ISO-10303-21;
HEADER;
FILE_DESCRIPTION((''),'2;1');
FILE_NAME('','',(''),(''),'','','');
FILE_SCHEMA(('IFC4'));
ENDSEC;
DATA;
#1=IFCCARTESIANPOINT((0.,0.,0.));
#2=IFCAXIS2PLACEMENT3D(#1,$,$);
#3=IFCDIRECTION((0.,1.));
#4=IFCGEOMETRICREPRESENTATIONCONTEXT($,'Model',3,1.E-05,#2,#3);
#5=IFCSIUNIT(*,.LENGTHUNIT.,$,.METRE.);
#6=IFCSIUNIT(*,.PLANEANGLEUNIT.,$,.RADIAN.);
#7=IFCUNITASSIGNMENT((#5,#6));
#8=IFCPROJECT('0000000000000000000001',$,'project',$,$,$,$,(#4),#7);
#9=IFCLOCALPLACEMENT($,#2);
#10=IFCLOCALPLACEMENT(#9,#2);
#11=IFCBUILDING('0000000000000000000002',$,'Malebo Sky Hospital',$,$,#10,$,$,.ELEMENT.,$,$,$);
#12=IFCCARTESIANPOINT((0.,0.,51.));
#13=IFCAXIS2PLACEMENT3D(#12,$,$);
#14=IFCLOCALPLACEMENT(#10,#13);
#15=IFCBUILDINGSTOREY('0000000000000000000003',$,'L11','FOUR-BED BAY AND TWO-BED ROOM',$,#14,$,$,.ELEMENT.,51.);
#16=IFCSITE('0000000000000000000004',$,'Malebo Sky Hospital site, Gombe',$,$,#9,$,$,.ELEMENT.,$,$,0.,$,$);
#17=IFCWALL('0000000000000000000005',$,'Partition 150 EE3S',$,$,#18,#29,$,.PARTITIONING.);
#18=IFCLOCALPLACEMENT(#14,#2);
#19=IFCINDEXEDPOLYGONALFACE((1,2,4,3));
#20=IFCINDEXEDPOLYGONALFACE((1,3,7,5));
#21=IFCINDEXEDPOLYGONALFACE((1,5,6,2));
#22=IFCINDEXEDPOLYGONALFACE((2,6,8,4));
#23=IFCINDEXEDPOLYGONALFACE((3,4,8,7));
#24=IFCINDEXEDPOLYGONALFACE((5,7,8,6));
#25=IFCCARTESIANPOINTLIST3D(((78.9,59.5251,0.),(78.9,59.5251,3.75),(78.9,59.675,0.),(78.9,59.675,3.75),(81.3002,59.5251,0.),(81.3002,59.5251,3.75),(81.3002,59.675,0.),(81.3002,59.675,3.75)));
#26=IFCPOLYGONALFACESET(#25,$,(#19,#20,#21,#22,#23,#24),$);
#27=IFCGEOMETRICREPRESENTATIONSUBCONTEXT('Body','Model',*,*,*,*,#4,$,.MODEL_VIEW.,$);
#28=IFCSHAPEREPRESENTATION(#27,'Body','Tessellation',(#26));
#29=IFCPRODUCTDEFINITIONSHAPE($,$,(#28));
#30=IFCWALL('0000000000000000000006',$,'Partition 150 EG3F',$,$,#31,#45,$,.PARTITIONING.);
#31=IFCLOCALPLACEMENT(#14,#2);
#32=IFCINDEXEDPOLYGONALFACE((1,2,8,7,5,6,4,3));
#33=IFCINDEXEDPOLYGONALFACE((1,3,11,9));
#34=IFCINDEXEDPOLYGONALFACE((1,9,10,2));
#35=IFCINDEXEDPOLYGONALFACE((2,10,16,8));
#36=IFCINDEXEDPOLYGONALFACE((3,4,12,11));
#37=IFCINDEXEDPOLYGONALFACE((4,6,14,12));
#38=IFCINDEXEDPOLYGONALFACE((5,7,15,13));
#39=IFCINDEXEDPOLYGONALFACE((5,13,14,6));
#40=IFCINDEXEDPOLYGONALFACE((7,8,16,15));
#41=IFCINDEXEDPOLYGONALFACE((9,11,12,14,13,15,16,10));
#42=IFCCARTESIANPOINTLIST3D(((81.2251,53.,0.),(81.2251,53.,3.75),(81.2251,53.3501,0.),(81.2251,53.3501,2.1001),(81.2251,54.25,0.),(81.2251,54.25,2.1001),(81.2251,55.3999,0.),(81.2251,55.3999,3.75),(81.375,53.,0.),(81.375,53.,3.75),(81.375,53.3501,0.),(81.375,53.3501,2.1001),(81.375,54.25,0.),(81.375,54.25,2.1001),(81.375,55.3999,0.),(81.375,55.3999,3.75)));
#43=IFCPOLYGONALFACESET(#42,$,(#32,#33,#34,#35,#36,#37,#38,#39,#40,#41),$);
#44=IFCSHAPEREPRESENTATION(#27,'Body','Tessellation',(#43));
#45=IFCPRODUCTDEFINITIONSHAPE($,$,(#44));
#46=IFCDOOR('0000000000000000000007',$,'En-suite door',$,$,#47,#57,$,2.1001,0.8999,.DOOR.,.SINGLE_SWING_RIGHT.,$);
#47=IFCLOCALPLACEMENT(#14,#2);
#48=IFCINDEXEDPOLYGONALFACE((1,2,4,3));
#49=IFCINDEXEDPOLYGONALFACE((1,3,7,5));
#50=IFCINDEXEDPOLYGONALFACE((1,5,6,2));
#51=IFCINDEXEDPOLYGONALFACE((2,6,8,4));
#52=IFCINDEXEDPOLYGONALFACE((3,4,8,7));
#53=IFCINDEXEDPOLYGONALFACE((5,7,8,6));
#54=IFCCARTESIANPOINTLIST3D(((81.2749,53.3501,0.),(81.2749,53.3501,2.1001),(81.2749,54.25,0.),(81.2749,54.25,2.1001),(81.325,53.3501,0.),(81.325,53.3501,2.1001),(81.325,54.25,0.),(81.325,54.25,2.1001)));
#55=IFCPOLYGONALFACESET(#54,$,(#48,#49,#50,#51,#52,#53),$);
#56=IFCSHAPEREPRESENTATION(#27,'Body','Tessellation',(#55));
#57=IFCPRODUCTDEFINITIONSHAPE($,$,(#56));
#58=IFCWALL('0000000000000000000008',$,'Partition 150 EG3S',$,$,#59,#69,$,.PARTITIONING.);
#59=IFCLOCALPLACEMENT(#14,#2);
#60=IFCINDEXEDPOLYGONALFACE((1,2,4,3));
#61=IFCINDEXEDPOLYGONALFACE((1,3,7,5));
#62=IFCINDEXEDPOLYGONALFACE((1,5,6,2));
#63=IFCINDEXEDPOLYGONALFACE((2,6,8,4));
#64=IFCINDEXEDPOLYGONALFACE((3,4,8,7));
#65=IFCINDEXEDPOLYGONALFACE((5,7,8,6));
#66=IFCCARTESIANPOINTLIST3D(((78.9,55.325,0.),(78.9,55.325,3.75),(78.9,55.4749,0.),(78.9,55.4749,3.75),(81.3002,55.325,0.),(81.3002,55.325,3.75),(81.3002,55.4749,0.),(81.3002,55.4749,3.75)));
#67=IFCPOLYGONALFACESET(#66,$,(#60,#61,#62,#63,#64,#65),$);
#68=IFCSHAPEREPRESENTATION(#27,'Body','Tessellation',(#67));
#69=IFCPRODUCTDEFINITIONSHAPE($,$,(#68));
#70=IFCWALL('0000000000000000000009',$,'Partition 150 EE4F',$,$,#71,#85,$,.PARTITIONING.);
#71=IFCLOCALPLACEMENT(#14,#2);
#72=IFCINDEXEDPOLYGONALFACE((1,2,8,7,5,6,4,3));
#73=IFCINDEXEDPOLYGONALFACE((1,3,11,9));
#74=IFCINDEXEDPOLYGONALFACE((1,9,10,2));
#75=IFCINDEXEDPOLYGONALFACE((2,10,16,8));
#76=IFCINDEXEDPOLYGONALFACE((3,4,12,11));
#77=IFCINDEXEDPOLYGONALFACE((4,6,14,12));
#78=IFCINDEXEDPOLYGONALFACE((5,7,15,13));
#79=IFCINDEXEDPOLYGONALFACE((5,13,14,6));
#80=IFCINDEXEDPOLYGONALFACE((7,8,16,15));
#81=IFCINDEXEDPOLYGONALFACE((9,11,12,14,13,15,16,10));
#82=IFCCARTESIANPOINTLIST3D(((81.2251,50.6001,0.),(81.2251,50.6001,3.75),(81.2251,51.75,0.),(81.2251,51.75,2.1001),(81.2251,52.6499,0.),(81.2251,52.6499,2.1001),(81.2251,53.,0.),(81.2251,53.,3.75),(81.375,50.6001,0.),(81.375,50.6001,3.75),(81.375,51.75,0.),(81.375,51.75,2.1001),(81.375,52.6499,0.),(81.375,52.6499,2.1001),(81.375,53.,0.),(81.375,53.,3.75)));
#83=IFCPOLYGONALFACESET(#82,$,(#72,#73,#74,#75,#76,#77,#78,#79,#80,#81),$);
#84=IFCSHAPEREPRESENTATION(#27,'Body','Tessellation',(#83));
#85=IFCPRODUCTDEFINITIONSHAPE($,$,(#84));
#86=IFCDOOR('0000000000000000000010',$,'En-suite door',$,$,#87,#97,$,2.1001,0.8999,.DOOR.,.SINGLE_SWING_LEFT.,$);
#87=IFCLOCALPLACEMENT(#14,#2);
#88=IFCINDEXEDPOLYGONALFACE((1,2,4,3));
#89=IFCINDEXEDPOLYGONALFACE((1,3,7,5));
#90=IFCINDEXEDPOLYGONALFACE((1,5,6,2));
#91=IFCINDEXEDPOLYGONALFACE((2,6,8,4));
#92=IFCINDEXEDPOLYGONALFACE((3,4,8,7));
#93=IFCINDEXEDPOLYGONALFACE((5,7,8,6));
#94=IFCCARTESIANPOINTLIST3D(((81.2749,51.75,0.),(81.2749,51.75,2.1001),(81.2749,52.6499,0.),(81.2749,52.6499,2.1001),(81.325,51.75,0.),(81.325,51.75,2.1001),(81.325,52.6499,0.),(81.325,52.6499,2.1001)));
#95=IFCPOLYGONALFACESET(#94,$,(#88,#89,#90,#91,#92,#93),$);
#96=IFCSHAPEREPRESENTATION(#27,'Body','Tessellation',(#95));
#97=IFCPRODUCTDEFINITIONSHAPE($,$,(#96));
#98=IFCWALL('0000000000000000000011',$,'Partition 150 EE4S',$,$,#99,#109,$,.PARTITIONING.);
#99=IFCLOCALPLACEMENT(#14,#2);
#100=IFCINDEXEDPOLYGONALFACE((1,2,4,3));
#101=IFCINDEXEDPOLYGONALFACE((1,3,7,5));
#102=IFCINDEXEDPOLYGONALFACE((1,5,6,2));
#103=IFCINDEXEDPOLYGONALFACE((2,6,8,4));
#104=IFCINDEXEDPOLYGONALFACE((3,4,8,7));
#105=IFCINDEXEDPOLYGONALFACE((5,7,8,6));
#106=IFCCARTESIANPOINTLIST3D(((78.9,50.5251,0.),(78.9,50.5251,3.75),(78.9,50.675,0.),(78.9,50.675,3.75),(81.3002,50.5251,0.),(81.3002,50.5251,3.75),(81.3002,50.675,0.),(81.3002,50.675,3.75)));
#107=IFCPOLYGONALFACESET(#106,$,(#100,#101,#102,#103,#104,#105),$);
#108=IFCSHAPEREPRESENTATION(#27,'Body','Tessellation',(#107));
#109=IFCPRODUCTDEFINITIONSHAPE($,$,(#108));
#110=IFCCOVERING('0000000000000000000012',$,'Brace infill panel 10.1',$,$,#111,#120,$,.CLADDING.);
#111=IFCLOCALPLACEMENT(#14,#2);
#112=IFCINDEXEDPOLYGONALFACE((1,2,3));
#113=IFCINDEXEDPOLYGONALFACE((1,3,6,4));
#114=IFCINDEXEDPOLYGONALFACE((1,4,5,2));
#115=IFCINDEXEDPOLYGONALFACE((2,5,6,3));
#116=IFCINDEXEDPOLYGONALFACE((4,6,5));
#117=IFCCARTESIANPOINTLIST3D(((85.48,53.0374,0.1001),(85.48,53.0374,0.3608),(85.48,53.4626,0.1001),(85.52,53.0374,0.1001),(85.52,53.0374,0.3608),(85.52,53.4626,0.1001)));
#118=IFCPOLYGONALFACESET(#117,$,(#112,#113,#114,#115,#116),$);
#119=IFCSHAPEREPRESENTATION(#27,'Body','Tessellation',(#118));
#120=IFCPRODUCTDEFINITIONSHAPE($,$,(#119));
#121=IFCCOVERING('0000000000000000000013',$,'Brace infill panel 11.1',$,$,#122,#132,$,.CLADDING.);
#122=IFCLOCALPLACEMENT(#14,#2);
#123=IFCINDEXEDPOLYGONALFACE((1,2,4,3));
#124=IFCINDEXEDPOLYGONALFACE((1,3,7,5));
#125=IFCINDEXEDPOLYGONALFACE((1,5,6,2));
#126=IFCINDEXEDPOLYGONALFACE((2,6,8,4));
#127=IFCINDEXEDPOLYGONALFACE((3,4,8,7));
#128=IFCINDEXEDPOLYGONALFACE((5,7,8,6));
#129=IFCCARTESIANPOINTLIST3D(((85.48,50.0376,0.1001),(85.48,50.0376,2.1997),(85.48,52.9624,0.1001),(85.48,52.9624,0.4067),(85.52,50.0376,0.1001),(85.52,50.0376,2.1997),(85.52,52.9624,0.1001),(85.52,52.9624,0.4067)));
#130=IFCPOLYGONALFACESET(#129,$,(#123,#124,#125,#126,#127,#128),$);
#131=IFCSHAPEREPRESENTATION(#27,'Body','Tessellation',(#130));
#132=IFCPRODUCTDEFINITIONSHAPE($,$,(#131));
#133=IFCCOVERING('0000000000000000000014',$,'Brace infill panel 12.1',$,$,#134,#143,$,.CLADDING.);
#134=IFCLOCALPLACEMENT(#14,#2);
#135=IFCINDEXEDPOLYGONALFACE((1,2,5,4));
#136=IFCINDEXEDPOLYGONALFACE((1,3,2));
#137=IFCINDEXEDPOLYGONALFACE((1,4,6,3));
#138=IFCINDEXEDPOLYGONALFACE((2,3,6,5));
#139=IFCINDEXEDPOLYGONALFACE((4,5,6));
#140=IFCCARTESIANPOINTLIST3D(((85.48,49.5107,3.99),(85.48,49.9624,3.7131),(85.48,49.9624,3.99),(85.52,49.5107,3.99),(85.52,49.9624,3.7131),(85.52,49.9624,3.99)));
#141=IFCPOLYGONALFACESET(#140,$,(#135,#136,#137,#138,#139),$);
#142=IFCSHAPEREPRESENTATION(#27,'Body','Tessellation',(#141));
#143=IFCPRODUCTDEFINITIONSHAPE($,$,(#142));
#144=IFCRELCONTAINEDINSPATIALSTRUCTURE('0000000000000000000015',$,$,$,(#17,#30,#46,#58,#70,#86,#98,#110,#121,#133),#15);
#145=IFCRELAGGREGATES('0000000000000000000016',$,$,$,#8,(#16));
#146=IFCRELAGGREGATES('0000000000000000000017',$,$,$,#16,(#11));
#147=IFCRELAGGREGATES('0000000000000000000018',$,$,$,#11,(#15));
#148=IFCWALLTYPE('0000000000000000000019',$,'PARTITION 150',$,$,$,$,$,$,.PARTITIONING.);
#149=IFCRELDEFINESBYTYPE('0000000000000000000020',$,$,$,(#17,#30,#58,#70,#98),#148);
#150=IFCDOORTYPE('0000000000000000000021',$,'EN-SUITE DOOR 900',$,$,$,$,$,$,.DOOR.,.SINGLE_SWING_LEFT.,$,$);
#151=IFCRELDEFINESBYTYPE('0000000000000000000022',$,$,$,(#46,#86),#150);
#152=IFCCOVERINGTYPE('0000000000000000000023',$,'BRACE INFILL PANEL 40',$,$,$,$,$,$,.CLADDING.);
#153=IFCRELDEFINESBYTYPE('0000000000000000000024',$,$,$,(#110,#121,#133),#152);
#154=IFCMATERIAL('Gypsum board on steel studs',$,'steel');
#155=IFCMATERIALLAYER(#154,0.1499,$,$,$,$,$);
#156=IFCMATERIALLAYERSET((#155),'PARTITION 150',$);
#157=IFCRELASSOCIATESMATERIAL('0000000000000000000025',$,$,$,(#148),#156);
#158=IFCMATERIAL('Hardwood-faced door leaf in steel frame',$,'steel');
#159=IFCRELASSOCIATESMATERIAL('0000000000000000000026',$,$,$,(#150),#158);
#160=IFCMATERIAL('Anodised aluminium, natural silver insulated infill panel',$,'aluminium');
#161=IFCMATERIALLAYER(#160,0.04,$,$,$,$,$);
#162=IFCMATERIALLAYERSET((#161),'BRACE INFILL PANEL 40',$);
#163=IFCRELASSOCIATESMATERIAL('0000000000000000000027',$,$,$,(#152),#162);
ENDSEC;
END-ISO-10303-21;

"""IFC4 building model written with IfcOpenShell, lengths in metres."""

from ifc_helpers import new_model, si_unit, direction, frame, frame_2d, origin, place, context, subcontext, project, spatial, polyline, rectangle, outline, extrude, material, layer, layer_set, type_object, element, fill, save


model = new_model("IFC4")

# Units and contexts
model_context = context("Model", 3, precision=1e-05, world=origin(), true_north=direction((0.0, 1.0)))
body_context = subcontext(model_context, "Body", "Model", "MODEL_VIEW")
ifc_project = project(units=[si_unit("LENGTHUNIT", "METRE"), si_unit("PLANEANGLEUNIT", "RADIAN")], contexts=[model_context])

# Site, building, storey
site_placement = place(None, origin())
site = spatial("IfcSite", under=ifc_project, at=site_placement, Name="Malebo Sky Hospital site, Gombe", CompositionType="ELEMENT", RefElevation=0.0)
building_placement = place(site_placement, origin())
building = spatial("IfcBuilding", under=site, at=building_placement, Name="Malebo Sky Hospital", CompositionType="ELEMENT")
storey_placement = place(building_placement, frame((0.0, 0.0, 51.0)))
storey = spatial("IfcBuildingStorey", under=building, at=storey_placement, Name="L11", Description="FOUR-BED BAY AND TWO-BED ROOM", CompositionType="ELEMENT", Elevation=51.0)

# Wall
ifc_material_1 = material(Name="Gypsum board on steel studs", Category="steel")
ifc_layer_1 = layer(ifc_material_1, 0.1499)
ifc_layer_set_1 = layer_set([ifc_layer_1], Name="PARTITION 150")
wall_type = type_object("IfcWallType", Name="PARTITION 150", PredefinedType="PARTITIONING", material=ifc_layer_set_1)
wall_1_placement = place(storey_placement, frame((78.8999, 59.6001, 0.0), z_axis=(0.0, 0.0, 1.0), x_axis=(1.0, 0.0, 0.0)))
element("IfcWall", 1, at=wall_1_placement, inside=storey, type_object=wall_type, Name="Partition 150 EE3S", PredefinedType="PARTITIONING", context=body_context, shape_type="SweptSolid", body=[
    extrude(rectangle(XDim=2.4001, YDim=0.1499, at=frame_2d((1.2002, 0.0))), origin(), (0.0, 0.0, 1.0), 3.75),
])

# Wall, opening, door
wall_2_placement = place(storey_placement, frame((81.3, 55.3999, 0.0), z_axis=(0.0, 0.0, 1.0), x_axis=(0.0, -1.0, 0.0)))
wall_2 = element("IfcWall", 2, at=wall_2_placement, inside=storey, type_object=wall_type, Name="Partition 150 EG3F", PredefinedType="PARTITIONING", context=body_context, shape_type="SweptSolid", body=[
    extrude(rectangle(XDim=2.3999, YDim=0.1499, at=frame_2d((1.2, 0.0))), origin(), (0.0, 0.0, 1.0), 3.75),
])
opening_1_placement = place(wall_2_placement, frame((1.1499, 0.0, 0.0)))
opening_1 = element("IfcOpeningElement", 3, at=opening_1_placement, cuts=wall_2, PredefinedType="OPENING", context=body_context, shape_type="SweptSolid", body=[
    extrude(rectangle(XDim=0.8999, YDim=2.1001, at=frame_2d((0.45, 1.05))), frame((0.0, 0.085, 0.0), z_axis=(0.0, -1.0, 0.0), x_axis=(1.0, 0.0, 0.0)), (0.0, 0.0, 1.0), 0.1699),
])
ifc_material_2 = material(Name="Hardwood-faced door leaf in steel frame", Category="steel")
door_type = type_object("IfcDoorType", Name="EN-SUITE DOOR 900", OperationType="SINGLE_SWING_LEFT", PredefinedType="DOOR", material=ifc_material_2)
door_1_placement = place(opening_1_placement, origin())
door_1 = element("IfcDoor", 4, at=door_1_placement, inside=storey, type_object=door_type, Name="En-suite door", OperationType="SINGLE_SWING_RIGHT", OverallHeight=2.1001, OverallWidth=0.8999, PredefinedType="DOOR", context=body_context, shape_type="SweptSolid", body=[
    extrude(rectangle(XDim=0.8999, YDim=2.1001, at=frame_2d((0.45, 1.05))), frame((0.0, 0.0249, 0.0), z_axis=(0.0, -1.0, 0.0), x_axis=(1.0, 0.0, 0.0)), (0.0, 0.0, 1.0), 0.05),
])
fill(opening_1, door_1)

# Wall
wall_3_placement = place(storey_placement, frame((78.8999, 55.3999, 0.0), z_axis=(0.0, 0.0, 1.0), x_axis=(1.0, 0.0, 0.0)))
element("IfcWall", 5, at=wall_3_placement, inside=storey, type_object=wall_type, Name="Partition 150 EG3S", PredefinedType="PARTITIONING", context=body_context, shape_type="SweptSolid", body=[
    extrude(rectangle(XDim=2.4001, YDim=0.1499, at=frame_2d((1.2002, 0.0))), origin(), (0.0, 0.0, 1.0), 3.75),
])

# Wall, opening, door
wall_4_placement = place(storey_placement, frame((81.3, 53.0, 0.0), z_axis=(0.0, 0.0, 1.0), x_axis=(0.0, -1.0, 0.0)))
wall_4 = element("IfcWall", 6, at=wall_4_placement, inside=storey, type_object=wall_type, Name="Partition 150 EE4F", PredefinedType="PARTITIONING", context=body_context, shape_type="SweptSolid", body=[
    extrude(rectangle(XDim=2.3999, YDim=0.1499, at=frame_2d((1.2, 0.0))), origin(), (0.0, 0.0, 1.0), 3.75),
])
opening_2_placement = place(wall_4_placement, frame((0.3501, 0.0, 0.0)))
opening_2 = element("IfcOpeningElement", 7, at=opening_2_placement, cuts=wall_4, PredefinedType="OPENING", context=body_context, shape_type="SweptSolid", body=[
    extrude(rectangle(XDim=0.8999, YDim=2.1001, at=frame_2d((0.45, 1.05))), frame((0.0, 0.085, 0.0), z_axis=(0.0, -1.0, 0.0), x_axis=(1.0, 0.0, 0.0)), (0.0, 0.0, 1.0), 0.1699),
])
door_2_placement = place(opening_2_placement, origin())
door_2 = element("IfcDoor", 8, at=door_2_placement, inside=storey, type_object=door_type, Name="En-suite door", OperationType="SINGLE_SWING_LEFT", OverallHeight=2.1001, OverallWidth=0.8999, PredefinedType="DOOR", context=body_context, shape_type="SweptSolid", body=[
    extrude(rectangle(XDim=0.8999, YDim=2.1001, at=frame_2d((0.45, 1.05))), frame((0.0, 0.0249, 0.0), z_axis=(0.0, -1.0, 0.0), x_axis=(1.0, 0.0, 0.0)), (0.0, 0.0, 1.0), 0.05),
])
fill(opening_2, door_2)

# Wall
wall_5_placement = place(storey_placement, frame((78.8999, 50.6001, 0.0), z_axis=(0.0, 0.0, 1.0), x_axis=(1.0, 0.0, 0.0)))
element("IfcWall", 9, at=wall_5_placement, inside=storey, type_object=wall_type, Name="Partition 150 EE4S", PredefinedType="PARTITIONING", context=body_context, shape_type="SweptSolid", body=[
    extrude(rectangle(XDim=2.4001, YDim=0.1499, at=frame_2d((1.2002, 0.0))), origin(), (0.0, 0.0, 1.0), 3.75),
])

# Coverings
ifc_material_3 = material(Name="Anodised aluminium, natural silver insulated infill panel", Category="aluminium")
ifc_layer_2 = layer(ifc_material_3, 0.04)
ifc_layer_set_2 = layer_set([ifc_layer_2], Name="BRACE INFILL PANEL 40")
covering_type = type_object("IfcCoveringType", Name="BRACE INFILL PANEL 40", PredefinedType="CLADDING", material=ifc_layer_set_2)
covering_1_placement = place(storey_placement, frame((85.5, 53.25, 0.1001), z_axis=(0.0, 0.0, 1.0), x_axis=(0.0, -1.0, 0.0)))
element("IfcCovering", 10, at=covering_1_placement, inside=storey, type_object=covering_type, Name="Brace infill panel 10.1", PredefinedType="CLADDING", context=body_context, shape_type="SweptSolid", body=[
    extrude(outline(polyline([(-0.2126, 0.0), (0.2126, 0.0), (0.2126, 0.2607), (-0.2126, 0.0)])), frame((0.0, 0.02, 0.0), z_axis=(0.0, -1.0, 0.0), x_axis=(1.0, 0.0, 0.0)), (0.0, 0.0, 1.0), 0.04),
])
covering_2_placement = place(storey_placement, frame((85.5, 51.5, 0.1001), z_axis=(0.0, 0.0, 1.0), x_axis=(0.0, -1.0, 0.0)))
element("IfcCovering", 11, at=covering_2_placement, inside=storey, type_object=covering_type, Name="Brace infill panel 11.1", PredefinedType="CLADDING", context=body_context, shape_type="SweptSolid", body=[
    extrude(outline(polyline([(-1.4624, 0.0), (1.4624, 0.0), (1.4624, 2.0996), (-1.4624, 0.3066), (-1.4624, 0.0)])), frame((0.0, 0.02, 0.0), z_axis=(0.0, -1.0, 0.0), x_axis=(1.0, 0.0, 0.0)), (0.0, 0.0, 1.0), 0.04),
])
covering_3_placement = place(storey_placement, frame((85.5, 49.7366, 3.7131), z_axis=(0.0, 0.0, 1.0), x_axis=(0.0, -1.0, 0.0)))
element("IfcCovering", 12, at=covering_3_placement, inside=storey, type_object=covering_type, Name="Brace infill panel 12.1", PredefinedType="CLADDING", context=body_context, shape_type="SweptSolid", body=[
    extrude(outline(polyline([(-0.2258, 0.0), (0.2258, 0.2769), (-0.2258, 0.2769), (-0.2258, 0.0)])), frame((0.0, 0.02, 0.0), z_axis=(0.0, -1.0, 0.0), x_axis=(1.0, 0.0, 0.0)), (0.0, 0.0, 1.0), 0.04),
])

save(model, "model.ifc")
